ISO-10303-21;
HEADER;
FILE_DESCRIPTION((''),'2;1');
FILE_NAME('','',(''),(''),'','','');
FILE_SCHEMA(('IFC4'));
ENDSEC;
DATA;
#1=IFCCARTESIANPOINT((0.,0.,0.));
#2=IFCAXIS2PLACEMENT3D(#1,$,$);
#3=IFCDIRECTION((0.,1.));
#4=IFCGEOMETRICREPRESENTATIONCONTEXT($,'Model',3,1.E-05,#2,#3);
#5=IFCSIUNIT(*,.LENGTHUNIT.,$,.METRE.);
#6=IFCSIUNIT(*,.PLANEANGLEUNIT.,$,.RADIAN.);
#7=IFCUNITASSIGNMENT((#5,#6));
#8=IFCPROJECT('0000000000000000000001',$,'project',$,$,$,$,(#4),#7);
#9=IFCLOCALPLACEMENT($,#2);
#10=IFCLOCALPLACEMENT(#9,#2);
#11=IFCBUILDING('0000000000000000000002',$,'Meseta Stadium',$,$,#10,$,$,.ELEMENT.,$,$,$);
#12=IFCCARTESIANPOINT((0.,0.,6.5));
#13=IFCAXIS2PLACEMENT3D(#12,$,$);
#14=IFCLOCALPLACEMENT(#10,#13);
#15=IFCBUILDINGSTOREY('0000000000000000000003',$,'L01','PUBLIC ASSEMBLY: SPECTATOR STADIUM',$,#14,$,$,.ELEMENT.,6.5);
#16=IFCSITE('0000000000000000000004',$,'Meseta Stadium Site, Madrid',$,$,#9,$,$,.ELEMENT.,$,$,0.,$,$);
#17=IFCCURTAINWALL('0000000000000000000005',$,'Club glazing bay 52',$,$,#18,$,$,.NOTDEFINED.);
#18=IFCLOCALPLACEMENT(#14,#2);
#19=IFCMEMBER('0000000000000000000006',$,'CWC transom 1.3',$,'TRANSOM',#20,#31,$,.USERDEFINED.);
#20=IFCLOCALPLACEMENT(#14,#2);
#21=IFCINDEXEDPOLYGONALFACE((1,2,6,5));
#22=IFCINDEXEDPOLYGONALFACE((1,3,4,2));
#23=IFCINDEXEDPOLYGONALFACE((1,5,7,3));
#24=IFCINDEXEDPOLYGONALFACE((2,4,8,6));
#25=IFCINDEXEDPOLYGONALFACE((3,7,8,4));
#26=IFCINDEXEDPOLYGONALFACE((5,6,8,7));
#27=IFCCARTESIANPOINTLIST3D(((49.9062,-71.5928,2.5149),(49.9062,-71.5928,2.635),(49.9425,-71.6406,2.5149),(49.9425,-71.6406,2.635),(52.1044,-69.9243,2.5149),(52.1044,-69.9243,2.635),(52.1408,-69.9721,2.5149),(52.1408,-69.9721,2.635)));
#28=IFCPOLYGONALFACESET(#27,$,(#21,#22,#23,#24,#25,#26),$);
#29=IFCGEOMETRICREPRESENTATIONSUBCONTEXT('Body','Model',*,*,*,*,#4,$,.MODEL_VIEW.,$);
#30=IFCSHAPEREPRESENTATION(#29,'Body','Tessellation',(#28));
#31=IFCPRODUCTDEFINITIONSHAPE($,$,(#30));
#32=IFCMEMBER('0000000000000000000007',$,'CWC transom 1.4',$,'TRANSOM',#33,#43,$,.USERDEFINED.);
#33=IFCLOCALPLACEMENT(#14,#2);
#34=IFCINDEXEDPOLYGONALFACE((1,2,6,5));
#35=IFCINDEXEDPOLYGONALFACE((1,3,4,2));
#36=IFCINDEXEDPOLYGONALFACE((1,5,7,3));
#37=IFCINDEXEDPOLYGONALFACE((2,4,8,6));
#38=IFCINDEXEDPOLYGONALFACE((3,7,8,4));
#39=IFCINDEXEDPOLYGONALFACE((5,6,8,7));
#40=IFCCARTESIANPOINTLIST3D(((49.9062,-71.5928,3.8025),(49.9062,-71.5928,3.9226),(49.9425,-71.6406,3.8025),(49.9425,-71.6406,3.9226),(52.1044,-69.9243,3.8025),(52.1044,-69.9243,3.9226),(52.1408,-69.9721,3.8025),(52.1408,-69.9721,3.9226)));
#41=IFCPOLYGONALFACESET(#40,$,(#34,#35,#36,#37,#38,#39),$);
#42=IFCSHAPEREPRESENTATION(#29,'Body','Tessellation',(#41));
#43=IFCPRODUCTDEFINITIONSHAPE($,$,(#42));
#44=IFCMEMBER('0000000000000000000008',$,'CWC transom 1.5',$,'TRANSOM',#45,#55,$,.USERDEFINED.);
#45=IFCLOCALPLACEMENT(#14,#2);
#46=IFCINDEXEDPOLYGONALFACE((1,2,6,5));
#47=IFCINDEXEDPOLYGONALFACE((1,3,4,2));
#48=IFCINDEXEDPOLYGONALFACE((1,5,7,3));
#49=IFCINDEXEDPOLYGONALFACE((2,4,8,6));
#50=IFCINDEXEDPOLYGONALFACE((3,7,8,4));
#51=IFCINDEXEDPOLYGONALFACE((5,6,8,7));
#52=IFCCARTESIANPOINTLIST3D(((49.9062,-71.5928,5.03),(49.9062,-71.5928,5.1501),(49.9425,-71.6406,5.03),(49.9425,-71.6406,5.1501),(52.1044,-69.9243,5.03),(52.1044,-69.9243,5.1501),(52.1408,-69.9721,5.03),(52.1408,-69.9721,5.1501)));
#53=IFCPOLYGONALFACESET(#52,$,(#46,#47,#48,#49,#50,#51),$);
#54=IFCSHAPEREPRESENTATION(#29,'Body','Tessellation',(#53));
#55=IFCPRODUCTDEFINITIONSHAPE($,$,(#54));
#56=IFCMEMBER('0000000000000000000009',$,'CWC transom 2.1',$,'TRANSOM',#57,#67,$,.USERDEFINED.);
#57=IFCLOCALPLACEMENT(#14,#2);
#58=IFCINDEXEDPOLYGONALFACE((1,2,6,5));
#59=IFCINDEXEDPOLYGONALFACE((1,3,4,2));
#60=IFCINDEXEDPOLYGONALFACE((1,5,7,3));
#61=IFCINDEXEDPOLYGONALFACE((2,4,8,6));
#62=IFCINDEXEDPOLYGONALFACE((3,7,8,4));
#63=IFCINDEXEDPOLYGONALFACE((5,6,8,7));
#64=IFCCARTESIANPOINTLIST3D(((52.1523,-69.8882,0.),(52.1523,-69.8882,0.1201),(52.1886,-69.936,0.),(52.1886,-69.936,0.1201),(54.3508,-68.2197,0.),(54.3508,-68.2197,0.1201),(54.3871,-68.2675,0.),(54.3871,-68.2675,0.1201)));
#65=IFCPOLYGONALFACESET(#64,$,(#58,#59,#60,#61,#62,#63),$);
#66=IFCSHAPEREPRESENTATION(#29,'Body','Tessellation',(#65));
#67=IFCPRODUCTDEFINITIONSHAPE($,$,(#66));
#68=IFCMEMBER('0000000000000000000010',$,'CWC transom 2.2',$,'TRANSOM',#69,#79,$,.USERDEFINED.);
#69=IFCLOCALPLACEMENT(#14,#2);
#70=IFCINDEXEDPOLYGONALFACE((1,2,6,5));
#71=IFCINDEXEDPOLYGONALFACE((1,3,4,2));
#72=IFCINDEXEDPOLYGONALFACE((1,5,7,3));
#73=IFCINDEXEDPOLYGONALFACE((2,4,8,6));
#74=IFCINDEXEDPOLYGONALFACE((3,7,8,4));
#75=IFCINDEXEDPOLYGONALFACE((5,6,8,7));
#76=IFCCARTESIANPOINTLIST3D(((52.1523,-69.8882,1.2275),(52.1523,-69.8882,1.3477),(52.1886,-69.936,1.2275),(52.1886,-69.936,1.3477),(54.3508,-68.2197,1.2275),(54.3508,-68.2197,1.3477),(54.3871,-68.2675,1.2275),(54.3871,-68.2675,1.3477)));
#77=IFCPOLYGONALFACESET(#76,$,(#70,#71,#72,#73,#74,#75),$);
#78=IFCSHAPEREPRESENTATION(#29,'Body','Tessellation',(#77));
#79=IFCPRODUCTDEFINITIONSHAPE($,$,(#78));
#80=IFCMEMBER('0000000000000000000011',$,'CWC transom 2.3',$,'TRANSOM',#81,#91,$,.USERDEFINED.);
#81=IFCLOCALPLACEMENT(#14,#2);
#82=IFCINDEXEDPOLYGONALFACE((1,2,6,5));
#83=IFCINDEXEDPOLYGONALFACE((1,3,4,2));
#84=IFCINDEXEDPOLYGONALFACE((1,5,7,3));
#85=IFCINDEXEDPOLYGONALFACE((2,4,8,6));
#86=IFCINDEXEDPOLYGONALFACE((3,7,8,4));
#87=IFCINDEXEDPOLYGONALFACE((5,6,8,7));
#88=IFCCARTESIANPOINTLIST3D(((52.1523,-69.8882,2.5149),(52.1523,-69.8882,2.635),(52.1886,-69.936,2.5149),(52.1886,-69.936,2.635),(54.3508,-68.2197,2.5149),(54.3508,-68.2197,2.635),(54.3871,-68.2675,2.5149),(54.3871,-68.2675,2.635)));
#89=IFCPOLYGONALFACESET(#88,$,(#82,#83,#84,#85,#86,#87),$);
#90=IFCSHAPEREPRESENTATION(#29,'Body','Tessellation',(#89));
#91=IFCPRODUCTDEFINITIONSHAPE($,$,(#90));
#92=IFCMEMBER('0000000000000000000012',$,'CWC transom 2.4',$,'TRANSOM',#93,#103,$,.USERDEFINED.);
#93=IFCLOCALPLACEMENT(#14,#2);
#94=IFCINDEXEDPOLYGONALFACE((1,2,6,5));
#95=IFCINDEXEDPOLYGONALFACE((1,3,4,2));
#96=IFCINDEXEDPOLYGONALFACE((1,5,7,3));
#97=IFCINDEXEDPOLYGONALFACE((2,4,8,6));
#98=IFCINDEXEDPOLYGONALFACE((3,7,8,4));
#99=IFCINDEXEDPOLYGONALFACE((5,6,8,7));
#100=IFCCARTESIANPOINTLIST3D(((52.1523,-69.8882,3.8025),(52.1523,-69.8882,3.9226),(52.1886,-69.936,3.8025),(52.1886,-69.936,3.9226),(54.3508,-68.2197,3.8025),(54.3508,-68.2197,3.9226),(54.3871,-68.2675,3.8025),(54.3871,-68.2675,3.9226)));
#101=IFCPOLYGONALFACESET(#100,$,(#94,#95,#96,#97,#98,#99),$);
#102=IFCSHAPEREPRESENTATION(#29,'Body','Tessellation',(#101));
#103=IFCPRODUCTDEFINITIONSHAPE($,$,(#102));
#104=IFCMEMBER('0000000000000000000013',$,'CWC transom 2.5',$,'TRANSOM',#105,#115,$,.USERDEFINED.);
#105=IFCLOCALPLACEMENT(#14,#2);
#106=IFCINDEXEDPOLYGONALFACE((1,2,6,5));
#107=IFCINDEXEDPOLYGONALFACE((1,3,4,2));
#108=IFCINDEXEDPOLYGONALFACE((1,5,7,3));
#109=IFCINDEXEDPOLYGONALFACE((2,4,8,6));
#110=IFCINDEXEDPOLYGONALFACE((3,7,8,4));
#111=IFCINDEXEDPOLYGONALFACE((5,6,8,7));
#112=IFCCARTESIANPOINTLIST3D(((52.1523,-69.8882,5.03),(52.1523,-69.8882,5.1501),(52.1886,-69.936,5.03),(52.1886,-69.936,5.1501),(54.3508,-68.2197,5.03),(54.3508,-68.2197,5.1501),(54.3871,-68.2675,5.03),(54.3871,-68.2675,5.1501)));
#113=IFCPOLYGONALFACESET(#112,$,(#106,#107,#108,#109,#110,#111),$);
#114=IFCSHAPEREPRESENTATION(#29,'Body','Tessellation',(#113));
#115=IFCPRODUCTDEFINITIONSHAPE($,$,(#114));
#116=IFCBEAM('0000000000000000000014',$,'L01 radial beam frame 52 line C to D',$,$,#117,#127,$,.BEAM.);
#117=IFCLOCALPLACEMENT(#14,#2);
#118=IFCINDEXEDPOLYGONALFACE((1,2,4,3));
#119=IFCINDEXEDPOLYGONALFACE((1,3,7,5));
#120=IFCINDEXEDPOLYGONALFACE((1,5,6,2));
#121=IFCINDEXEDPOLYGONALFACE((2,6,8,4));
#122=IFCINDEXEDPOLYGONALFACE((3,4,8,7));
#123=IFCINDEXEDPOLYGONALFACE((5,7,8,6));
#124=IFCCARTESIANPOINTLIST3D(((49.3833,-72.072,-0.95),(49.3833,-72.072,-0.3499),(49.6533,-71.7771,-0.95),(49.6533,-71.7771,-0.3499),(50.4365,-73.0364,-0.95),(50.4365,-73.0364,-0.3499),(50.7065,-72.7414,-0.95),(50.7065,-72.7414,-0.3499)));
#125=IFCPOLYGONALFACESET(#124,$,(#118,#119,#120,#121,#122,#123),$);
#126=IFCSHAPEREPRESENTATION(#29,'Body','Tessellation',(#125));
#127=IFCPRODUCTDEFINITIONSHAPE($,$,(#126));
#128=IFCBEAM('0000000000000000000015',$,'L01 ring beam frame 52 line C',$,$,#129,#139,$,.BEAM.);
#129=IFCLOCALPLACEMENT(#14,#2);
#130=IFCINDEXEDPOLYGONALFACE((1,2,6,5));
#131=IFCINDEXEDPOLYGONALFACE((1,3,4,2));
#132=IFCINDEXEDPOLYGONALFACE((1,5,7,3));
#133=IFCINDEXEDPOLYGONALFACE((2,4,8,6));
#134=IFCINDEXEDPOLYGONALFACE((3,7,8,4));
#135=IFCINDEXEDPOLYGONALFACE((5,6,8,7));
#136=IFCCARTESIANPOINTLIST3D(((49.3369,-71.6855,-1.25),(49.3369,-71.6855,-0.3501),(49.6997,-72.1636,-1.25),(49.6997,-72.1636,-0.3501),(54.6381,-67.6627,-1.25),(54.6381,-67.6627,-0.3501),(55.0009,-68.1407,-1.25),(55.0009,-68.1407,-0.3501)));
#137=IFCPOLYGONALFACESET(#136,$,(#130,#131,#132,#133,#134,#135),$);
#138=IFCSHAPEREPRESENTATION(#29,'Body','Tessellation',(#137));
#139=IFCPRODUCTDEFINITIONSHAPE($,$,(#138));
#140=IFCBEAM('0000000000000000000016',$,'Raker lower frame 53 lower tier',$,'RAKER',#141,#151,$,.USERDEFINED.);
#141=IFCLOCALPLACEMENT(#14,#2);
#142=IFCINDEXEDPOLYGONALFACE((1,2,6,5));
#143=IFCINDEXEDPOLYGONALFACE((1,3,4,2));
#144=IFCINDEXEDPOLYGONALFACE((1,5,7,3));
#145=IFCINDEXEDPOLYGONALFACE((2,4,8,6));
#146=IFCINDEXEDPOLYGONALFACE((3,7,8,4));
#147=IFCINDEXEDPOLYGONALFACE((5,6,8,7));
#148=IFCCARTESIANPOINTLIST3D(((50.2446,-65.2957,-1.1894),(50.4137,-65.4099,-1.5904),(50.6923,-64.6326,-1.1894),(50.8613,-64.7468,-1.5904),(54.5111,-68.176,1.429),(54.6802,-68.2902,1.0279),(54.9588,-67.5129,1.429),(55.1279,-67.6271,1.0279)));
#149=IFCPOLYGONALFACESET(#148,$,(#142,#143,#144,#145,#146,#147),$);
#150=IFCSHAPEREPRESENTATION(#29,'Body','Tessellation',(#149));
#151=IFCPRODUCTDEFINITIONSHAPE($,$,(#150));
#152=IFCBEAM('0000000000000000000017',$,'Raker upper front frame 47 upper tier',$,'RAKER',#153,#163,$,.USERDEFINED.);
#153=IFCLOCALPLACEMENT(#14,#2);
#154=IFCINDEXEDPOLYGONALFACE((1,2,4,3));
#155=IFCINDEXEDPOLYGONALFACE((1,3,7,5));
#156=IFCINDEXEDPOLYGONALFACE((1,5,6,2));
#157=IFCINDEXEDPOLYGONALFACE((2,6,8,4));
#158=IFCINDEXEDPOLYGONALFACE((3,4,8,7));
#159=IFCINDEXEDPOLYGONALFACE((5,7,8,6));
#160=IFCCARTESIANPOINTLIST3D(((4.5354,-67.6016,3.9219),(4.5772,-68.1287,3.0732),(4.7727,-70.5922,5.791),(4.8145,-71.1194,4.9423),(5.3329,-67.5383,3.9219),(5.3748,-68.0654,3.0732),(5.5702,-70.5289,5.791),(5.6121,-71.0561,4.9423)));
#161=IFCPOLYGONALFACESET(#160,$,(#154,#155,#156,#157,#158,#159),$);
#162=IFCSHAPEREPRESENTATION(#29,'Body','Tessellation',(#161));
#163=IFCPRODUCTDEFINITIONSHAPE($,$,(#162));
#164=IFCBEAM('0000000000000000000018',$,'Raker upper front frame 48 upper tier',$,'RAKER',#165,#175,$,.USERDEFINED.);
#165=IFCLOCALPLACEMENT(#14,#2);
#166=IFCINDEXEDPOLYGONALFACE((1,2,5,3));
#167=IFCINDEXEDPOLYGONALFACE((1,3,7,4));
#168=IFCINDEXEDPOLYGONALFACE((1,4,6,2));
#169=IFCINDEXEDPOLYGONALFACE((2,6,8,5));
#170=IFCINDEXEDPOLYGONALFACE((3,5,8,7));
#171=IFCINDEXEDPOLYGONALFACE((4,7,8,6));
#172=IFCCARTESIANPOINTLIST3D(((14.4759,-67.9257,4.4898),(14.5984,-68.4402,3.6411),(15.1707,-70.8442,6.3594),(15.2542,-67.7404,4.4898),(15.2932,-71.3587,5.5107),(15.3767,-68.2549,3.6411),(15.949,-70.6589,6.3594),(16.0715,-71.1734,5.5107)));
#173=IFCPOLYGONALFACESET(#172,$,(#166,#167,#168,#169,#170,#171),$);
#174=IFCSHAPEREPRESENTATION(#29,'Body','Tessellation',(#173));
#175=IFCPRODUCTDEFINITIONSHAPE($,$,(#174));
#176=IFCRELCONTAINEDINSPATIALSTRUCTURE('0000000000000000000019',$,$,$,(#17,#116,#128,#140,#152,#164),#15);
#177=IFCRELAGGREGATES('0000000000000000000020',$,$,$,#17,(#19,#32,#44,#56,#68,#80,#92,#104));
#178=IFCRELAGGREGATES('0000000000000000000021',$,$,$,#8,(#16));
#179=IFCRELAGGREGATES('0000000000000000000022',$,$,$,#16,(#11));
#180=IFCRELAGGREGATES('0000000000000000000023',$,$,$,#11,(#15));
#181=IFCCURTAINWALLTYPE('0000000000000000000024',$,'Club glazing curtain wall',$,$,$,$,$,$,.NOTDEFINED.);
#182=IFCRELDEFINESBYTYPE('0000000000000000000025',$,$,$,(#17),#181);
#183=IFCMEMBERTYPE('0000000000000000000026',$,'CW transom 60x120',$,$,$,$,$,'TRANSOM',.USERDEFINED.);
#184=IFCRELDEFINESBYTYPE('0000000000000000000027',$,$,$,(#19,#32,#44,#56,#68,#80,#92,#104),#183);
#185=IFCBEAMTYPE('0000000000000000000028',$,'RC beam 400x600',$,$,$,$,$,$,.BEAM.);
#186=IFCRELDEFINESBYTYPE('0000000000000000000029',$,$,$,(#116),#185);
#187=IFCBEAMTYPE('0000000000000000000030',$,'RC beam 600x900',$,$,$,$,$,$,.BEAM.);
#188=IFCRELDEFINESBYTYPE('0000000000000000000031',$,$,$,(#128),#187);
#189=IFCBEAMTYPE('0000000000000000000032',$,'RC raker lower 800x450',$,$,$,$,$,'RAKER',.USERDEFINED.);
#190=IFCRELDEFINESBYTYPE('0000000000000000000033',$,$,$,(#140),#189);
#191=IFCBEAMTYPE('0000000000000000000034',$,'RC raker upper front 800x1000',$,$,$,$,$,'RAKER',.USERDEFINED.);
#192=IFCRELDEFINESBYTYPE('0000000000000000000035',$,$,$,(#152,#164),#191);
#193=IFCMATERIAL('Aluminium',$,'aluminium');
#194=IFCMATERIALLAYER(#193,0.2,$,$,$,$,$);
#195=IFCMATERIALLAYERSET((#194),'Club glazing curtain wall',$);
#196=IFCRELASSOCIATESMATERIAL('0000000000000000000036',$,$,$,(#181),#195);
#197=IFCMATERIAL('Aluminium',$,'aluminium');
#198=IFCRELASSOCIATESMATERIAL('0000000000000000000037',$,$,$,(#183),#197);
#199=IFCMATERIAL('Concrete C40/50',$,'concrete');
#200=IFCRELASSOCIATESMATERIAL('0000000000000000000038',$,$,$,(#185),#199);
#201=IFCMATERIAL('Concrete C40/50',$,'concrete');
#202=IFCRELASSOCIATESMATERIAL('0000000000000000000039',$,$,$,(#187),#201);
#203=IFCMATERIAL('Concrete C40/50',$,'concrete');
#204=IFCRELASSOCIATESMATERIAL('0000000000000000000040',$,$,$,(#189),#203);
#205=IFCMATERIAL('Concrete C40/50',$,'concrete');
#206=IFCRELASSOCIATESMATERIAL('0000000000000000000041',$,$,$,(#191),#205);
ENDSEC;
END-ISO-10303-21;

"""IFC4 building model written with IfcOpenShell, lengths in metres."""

from ifc_helpers import new_model, si_unit, direction, frame, origin, origin_2d, place, context, subcontext, project, spatial, rectangle, extrude, material, layer, layer_set, material_profile, profile_set, type_object, element, aggregate, save


model = new_model("IFC4")

# Units and contexts
model_context = context("Model", 3, precision=1e-05, world=origin(), true_north=direction((0.0, 1.0)))
body_context = subcontext(model_context, "Body", "Model", "MODEL_VIEW")
ifc_project = project(units=[si_unit("LENGTHUNIT", "METRE"), si_unit("PLANEANGLEUNIT", "RADIAN")], contexts=[model_context])

# Site, building, storey
site_placement = place(None, origin())
site = spatial("IfcSite", under=ifc_project, at=site_placement, Name="Meseta Stadium Site, Madrid", CompositionType="ELEMENT", RefElevation=0.0)
building_placement = place(site_placement, origin())
building = spatial("IfcBuilding", under=site, at=building_placement, Name="Meseta Stadium", CompositionType="ELEMENT")
storey_placement = place(building_placement, frame((0.0, 0.0, 6.5)))
storey = spatial("IfcBuildingStorey", under=building, at=storey_placement, Name="L01", Description="PUBLIC ASSEMBLY: SPECTATOR STADIUM", CompositionType="ELEMENT", Elevation=6.5)

# Curtain wall, members
ifc_material_1 = material(Name="Aluminium", Category="aluminium")
ifc_layer_1 = layer(ifc_material_1, 0.2)
ifc_layer_set_1 = layer_set([ifc_layer_1], Name="Club glazing curtain wall")
curtain_wall_type = type_object("IfcCurtainWallType", Name="Club glazing curtain wall", PredefinedType="NOTDEFINED", material=ifc_layer_set_1)
curtain_wall_placement = place(storey_placement, origin())
curtain_wall = element("IfcCurtainWall", 1, at=curtain_wall_placement, inside=storey, type_object=curtain_wall_type, Name="Club glazing bay 52", PredefinedType="NOTDEFINED")
ifc_material_2 = material(Name="Aluminium", Category="aluminium")
ifc_material_profile_1 = material_profile(ifc_material_2, rectangle(XDim=0.0601, YDim=0.1201, at=origin_2d()), Name="CW 60x120")
ifc_profile_set_1 = profile_set([ifc_material_profile_1], Name="Aluminium")
member_type_1 = type_object("IfcMemberType", Name="CW transom 60x120", ElementType="TRANSOM", PredefinedType="USERDEFINED", material=ifc_profile_set_1)
member_1_placement = place(storey_placement, frame((49.9243, -71.6167, 2.575), z_axis=(0.796547, 0.604576, 0.0), x_axis=(-0.604576, 0.796547, 0.0)))
member_1 = element("IfcMember", 2, at=member_1_placement, type_object=member_type_1, Name="CWC transom 1.3", ObjectType="TRANSOM", PredefinedType="USERDEFINED", context=body_context, shape_type="SweptSolid", body=[
    extrude(rectangle(XDim=0.0601, YDim=0.1201, at=origin_2d()), origin(), (0.0, 0.0, 1.0), 2.7598),
])
member_2_placement = place(storey_placement, frame((49.9243, -71.6167, 3.8625), z_axis=(0.796547, 0.604576, 0.0), x_axis=(-0.604576, 0.796547, 0.0)))
member_2 = element("IfcMember", 3, at=member_2_placement, type_object=member_type_1, Name="CWC transom 1.4", ObjectType="TRANSOM", PredefinedType="USERDEFINED", context=body_context, shape_type="SweptSolid", body=[
    extrude(rectangle(XDim=0.0601, YDim=0.1201, at=origin_2d()), origin(), (0.0, 0.0, 1.0), 2.7598),
])
member_3_placement = place(storey_placement, frame((49.9243, -71.6167, 5.0901), z_axis=(0.796547, 0.604576, 0.0), x_axis=(-0.604576, 0.796547, 0.0)))
member_3 = element("IfcMember", 4, at=member_3_placement, type_object=member_type_1, Name="CWC transom 1.5", ObjectType="TRANSOM", PredefinedType="USERDEFINED", context=body_context, shape_type="SweptSolid", body=[
    extrude(rectangle(XDim=0.0601, YDim=0.1201, at=origin_2d()), origin(), (0.0, 0.0, 1.0), 2.7598),
])
member_4_placement = place(storey_placement, frame((52.1704, -69.9121, 0.0601), z_axis=(0.79658, 0.604534, 0.0), x_axis=(-0.604534, 0.79658, 0.0)))
member_4 = element("IfcMember", 5, at=member_4_placement, type_object=member_type_1, Name="CWC transom 2.1", ObjectType="TRANSOM", PredefinedType="USERDEFINED", context=body_context, shape_type="SweptSolid", body=[
    extrude(rectangle(XDim=0.0601, YDim=0.1201, at=origin_2d()), origin(), (0.0, 0.0, 1.0), 2.76),
])
member_5_placement = place(storey_placement, frame((52.1704, -69.9121, 1.2876), z_axis=(0.79658, 0.604534, 0.0), x_axis=(-0.604534, 0.79658, 0.0)))
member_5 = element("IfcMember", 6, at=member_5_placement, type_object=member_type_1, Name="CWC transom 2.2", ObjectType="TRANSOM", PredefinedType="USERDEFINED", context=body_context, shape_type="SweptSolid", body=[
    extrude(rectangle(XDim=0.0601, YDim=0.1201, at=origin_2d()), origin(), (0.0, 0.0, 1.0), 2.76),
])
member_6_placement = place(storey_placement, frame((52.1704, -69.9121, 2.575), z_axis=(0.79658, 0.604534, 0.0), x_axis=(-0.604534, 0.79658, 0.0)))
member_6 = element("IfcMember", 7, at=member_6_placement, type_object=member_type_1, Name="CWC transom 2.3", ObjectType="TRANSOM", PredefinedType="USERDEFINED", context=body_context, shape_type="SweptSolid", body=[
    extrude(rectangle(XDim=0.0601, YDim=0.1201, at=origin_2d()), origin(), (0.0, 0.0, 1.0), 2.76),
])
member_7_placement = place(storey_placement, frame((52.1704, -69.9121, 3.8625), z_axis=(0.79658, 0.604534, 0.0), x_axis=(-0.604534, 0.79658, 0.0)))
member_7 = element("IfcMember", 8, at=member_7_placement, type_object=member_type_1, Name="CWC transom 2.4", ObjectType="TRANSOM", PredefinedType="USERDEFINED", context=body_context, shape_type="SweptSolid", body=[
    extrude(rectangle(XDim=0.0601, YDim=0.1201, at=origin_2d()), origin(), (0.0, 0.0, 1.0), 2.76),
])
member_8_placement = place(storey_placement, frame((52.1704, -69.9121, 5.0901), z_axis=(0.79658, 0.604534, 0.0), x_axis=(-0.604534, 0.79658, 0.0)))
member_8 = element("IfcMember", 9, at=member_8_placement, type_object=member_type_1, Name="CWC transom 2.5", ObjectType="TRANSOM", PredefinedType="USERDEFINED", context=body_context, shape_type="SweptSolid", body=[
    extrude(rectangle(XDim=0.0601, YDim=0.1201, at=origin_2d()), origin(), (0.0, 0.0, 1.0), 2.76),
])

# Beams
ifc_material_3 = material(Name="Concrete C40/50", Category="concrete")
ifc_material_profile_2 = material_profile(ifc_material_3, rectangle(XDim=0.3999, YDim=0.6001, at=origin_2d()), Name="RC 400x600")
ifc_profile_set_2 = profile_set([ifc_material_profile_2], Name="Concrete C40/50")
beam_type_1 = type_object("IfcBeamType", Name="RC beam 400x600", PredefinedType="BEAM", material=ifc_profile_set_2)
beam_1_placement = place(storey_placement, frame((49.5183, -71.9246, -0.6499), z_axis=(0.737537, -0.675306, 0.0), x_axis=(0.675306, 0.737537, 0.0)))
element("IfcBeam", 10, at=beam_1_placement, inside=storey, type_object=beam_type_1, Name="L01 radial beam frame 52 line C to D", PredefinedType="BEAM", context=body_context, shape_type="SweptSolid", body=[
    extrude(rectangle(XDim=0.3999, YDim=0.6001, at=origin_2d()), origin(), (0.0, 0.0, 1.0), 1.428),
])
ifc_material_4 = material(Name="Concrete C40/50", Category="concrete")
ifc_material_profile_3 = material_profile(ifc_material_4, rectangle(XDim=0.6001, YDim=0.8999, at=origin_2d()), Name="RC 600x900")
ifc_profile_set_3 = profile_set([ifc_material_profile_3], Name="Concrete C40/50")
beam_type_2 = type_object("IfcBeamType", Name="RC beam 600x900", PredefinedType="BEAM", material=ifc_profile_set_3)
beam_2_placement = place(storey_placement, frame((49.5183, -71.9246, -0.8), z_axis=(0.796597, 0.60451, 0.0), x_axis=(-0.60451, 0.796597, 0.0)))
element("IfcBeam", 11, at=beam_2_placement, inside=storey, type_object=beam_type_2, Name="L01 ring beam frame 52 line C", PredefinedType="BEAM", context=body_context, shape_type="SweptSolid", body=[
    extrude(rectangle(XDim=0.6001, YDim=0.8999, at=origin_2d()), origin(), (0.0, 0.0, 1.0), 6.6548),
])
ifc_material_5 = material(Name="Concrete C40/50", Category="concrete")
ifc_material_profile_4 = material_profile(ifc_material_5, rectangle(XDim=0.8, YDim=0.45, at=origin_2d()), Name="RC 800x450")
ifc_profile_set_4 = profile_set([ifc_material_profile_4], Name="Concrete C40/50")
beam_type_3 = type_object("IfcBeamType", Name="RC raker lower 800x450", ElementType="RAKER", PredefinedType="USERDEFINED", material=ifc_profile_set_4)
beam_3_placement = place(storey_placement, frame((50.553, -65.0212, -1.3899), z_axis=(0.738741, -0.498722, 0.453364), x_axis=(0.559528, 0.828811, 0.0)))
element("IfcBeam", 12, at=beam_3_placement, inside=storey, type_object=beam_type_3, Name="Raker lower frame 53 lower tier", ObjectType="RAKER", PredefinedType="USERDEFINED", context=body_context, shape_type="SweptSolid", body=[
    extrude(rectangle(XDim=0.8, YDim=0.45, at=origin_2d()), origin(), (0.0, 0.0, 1.0), 5.7754),
])
ifc_material_6 = material(Name="Concrete C40/50", Category="concrete")
ifc_material_profile_5 = material_profile(ifc_material_6, rectangle(XDim=0.8, YDim=1.0, at=origin_2d()), Name="RC 800x1000")
ifc_profile_set_5 = profile_set([ifc_material_profile_5], Name="Concrete C40/50")
beam_type_4 = type_object("IfcBeamType", Name="RC raker upper front 800x1000", ElementType="RAKER", PredefinedType="USERDEFINED", material=ifc_profile_set_5)
beam_4_placement = place(storey_placement, frame((4.9551, -67.8335, 3.4976), z_axis=(0.067135, -0.846093, 0.528791), x_axis=(0.996867, 0.079098, 0.0)))
element("IfcBeam", 13, at=beam_4_placement, inside=storey, type_object=beam_type_4, Name="Raker upper front frame 47 upper tier", ObjectType="RAKER", PredefinedType="USERDEFINED", context=body_context, shape_type="SweptSolid", body=[
    extrude(rectangle(XDim=0.8, YDim=1.0, at=origin_2d()), origin(), (0.0, 0.0, 1.0), 3.5347),
])
beam_5_placement = place(storey_placement, frame((14.9263, -68.0903, 4.0654), z_axis=(0.19656, -0.825607, 0.528902), x_axis=(0.97281, 0.231606, 0.0)))
element("IfcBeam", 14, at=beam_5_placement, inside=storey, type_object=beam_type_4, Name="Raker upper front frame 48 upper tier", ObjectType="RAKER", PredefinedType="USERDEFINED", context=body_context, shape_type="SweptSolid", body=[
    extrude(rectangle(XDim=0.8, YDim=1.0, at=origin_2d()), origin(), (0.0, 0.0, 1.0), 3.5349),
])

aggregate(curtain_wall, [member_1, member_2, member_3, member_4, member_5, member_6, member_7, member_8])

save(model, "model.ifc")
